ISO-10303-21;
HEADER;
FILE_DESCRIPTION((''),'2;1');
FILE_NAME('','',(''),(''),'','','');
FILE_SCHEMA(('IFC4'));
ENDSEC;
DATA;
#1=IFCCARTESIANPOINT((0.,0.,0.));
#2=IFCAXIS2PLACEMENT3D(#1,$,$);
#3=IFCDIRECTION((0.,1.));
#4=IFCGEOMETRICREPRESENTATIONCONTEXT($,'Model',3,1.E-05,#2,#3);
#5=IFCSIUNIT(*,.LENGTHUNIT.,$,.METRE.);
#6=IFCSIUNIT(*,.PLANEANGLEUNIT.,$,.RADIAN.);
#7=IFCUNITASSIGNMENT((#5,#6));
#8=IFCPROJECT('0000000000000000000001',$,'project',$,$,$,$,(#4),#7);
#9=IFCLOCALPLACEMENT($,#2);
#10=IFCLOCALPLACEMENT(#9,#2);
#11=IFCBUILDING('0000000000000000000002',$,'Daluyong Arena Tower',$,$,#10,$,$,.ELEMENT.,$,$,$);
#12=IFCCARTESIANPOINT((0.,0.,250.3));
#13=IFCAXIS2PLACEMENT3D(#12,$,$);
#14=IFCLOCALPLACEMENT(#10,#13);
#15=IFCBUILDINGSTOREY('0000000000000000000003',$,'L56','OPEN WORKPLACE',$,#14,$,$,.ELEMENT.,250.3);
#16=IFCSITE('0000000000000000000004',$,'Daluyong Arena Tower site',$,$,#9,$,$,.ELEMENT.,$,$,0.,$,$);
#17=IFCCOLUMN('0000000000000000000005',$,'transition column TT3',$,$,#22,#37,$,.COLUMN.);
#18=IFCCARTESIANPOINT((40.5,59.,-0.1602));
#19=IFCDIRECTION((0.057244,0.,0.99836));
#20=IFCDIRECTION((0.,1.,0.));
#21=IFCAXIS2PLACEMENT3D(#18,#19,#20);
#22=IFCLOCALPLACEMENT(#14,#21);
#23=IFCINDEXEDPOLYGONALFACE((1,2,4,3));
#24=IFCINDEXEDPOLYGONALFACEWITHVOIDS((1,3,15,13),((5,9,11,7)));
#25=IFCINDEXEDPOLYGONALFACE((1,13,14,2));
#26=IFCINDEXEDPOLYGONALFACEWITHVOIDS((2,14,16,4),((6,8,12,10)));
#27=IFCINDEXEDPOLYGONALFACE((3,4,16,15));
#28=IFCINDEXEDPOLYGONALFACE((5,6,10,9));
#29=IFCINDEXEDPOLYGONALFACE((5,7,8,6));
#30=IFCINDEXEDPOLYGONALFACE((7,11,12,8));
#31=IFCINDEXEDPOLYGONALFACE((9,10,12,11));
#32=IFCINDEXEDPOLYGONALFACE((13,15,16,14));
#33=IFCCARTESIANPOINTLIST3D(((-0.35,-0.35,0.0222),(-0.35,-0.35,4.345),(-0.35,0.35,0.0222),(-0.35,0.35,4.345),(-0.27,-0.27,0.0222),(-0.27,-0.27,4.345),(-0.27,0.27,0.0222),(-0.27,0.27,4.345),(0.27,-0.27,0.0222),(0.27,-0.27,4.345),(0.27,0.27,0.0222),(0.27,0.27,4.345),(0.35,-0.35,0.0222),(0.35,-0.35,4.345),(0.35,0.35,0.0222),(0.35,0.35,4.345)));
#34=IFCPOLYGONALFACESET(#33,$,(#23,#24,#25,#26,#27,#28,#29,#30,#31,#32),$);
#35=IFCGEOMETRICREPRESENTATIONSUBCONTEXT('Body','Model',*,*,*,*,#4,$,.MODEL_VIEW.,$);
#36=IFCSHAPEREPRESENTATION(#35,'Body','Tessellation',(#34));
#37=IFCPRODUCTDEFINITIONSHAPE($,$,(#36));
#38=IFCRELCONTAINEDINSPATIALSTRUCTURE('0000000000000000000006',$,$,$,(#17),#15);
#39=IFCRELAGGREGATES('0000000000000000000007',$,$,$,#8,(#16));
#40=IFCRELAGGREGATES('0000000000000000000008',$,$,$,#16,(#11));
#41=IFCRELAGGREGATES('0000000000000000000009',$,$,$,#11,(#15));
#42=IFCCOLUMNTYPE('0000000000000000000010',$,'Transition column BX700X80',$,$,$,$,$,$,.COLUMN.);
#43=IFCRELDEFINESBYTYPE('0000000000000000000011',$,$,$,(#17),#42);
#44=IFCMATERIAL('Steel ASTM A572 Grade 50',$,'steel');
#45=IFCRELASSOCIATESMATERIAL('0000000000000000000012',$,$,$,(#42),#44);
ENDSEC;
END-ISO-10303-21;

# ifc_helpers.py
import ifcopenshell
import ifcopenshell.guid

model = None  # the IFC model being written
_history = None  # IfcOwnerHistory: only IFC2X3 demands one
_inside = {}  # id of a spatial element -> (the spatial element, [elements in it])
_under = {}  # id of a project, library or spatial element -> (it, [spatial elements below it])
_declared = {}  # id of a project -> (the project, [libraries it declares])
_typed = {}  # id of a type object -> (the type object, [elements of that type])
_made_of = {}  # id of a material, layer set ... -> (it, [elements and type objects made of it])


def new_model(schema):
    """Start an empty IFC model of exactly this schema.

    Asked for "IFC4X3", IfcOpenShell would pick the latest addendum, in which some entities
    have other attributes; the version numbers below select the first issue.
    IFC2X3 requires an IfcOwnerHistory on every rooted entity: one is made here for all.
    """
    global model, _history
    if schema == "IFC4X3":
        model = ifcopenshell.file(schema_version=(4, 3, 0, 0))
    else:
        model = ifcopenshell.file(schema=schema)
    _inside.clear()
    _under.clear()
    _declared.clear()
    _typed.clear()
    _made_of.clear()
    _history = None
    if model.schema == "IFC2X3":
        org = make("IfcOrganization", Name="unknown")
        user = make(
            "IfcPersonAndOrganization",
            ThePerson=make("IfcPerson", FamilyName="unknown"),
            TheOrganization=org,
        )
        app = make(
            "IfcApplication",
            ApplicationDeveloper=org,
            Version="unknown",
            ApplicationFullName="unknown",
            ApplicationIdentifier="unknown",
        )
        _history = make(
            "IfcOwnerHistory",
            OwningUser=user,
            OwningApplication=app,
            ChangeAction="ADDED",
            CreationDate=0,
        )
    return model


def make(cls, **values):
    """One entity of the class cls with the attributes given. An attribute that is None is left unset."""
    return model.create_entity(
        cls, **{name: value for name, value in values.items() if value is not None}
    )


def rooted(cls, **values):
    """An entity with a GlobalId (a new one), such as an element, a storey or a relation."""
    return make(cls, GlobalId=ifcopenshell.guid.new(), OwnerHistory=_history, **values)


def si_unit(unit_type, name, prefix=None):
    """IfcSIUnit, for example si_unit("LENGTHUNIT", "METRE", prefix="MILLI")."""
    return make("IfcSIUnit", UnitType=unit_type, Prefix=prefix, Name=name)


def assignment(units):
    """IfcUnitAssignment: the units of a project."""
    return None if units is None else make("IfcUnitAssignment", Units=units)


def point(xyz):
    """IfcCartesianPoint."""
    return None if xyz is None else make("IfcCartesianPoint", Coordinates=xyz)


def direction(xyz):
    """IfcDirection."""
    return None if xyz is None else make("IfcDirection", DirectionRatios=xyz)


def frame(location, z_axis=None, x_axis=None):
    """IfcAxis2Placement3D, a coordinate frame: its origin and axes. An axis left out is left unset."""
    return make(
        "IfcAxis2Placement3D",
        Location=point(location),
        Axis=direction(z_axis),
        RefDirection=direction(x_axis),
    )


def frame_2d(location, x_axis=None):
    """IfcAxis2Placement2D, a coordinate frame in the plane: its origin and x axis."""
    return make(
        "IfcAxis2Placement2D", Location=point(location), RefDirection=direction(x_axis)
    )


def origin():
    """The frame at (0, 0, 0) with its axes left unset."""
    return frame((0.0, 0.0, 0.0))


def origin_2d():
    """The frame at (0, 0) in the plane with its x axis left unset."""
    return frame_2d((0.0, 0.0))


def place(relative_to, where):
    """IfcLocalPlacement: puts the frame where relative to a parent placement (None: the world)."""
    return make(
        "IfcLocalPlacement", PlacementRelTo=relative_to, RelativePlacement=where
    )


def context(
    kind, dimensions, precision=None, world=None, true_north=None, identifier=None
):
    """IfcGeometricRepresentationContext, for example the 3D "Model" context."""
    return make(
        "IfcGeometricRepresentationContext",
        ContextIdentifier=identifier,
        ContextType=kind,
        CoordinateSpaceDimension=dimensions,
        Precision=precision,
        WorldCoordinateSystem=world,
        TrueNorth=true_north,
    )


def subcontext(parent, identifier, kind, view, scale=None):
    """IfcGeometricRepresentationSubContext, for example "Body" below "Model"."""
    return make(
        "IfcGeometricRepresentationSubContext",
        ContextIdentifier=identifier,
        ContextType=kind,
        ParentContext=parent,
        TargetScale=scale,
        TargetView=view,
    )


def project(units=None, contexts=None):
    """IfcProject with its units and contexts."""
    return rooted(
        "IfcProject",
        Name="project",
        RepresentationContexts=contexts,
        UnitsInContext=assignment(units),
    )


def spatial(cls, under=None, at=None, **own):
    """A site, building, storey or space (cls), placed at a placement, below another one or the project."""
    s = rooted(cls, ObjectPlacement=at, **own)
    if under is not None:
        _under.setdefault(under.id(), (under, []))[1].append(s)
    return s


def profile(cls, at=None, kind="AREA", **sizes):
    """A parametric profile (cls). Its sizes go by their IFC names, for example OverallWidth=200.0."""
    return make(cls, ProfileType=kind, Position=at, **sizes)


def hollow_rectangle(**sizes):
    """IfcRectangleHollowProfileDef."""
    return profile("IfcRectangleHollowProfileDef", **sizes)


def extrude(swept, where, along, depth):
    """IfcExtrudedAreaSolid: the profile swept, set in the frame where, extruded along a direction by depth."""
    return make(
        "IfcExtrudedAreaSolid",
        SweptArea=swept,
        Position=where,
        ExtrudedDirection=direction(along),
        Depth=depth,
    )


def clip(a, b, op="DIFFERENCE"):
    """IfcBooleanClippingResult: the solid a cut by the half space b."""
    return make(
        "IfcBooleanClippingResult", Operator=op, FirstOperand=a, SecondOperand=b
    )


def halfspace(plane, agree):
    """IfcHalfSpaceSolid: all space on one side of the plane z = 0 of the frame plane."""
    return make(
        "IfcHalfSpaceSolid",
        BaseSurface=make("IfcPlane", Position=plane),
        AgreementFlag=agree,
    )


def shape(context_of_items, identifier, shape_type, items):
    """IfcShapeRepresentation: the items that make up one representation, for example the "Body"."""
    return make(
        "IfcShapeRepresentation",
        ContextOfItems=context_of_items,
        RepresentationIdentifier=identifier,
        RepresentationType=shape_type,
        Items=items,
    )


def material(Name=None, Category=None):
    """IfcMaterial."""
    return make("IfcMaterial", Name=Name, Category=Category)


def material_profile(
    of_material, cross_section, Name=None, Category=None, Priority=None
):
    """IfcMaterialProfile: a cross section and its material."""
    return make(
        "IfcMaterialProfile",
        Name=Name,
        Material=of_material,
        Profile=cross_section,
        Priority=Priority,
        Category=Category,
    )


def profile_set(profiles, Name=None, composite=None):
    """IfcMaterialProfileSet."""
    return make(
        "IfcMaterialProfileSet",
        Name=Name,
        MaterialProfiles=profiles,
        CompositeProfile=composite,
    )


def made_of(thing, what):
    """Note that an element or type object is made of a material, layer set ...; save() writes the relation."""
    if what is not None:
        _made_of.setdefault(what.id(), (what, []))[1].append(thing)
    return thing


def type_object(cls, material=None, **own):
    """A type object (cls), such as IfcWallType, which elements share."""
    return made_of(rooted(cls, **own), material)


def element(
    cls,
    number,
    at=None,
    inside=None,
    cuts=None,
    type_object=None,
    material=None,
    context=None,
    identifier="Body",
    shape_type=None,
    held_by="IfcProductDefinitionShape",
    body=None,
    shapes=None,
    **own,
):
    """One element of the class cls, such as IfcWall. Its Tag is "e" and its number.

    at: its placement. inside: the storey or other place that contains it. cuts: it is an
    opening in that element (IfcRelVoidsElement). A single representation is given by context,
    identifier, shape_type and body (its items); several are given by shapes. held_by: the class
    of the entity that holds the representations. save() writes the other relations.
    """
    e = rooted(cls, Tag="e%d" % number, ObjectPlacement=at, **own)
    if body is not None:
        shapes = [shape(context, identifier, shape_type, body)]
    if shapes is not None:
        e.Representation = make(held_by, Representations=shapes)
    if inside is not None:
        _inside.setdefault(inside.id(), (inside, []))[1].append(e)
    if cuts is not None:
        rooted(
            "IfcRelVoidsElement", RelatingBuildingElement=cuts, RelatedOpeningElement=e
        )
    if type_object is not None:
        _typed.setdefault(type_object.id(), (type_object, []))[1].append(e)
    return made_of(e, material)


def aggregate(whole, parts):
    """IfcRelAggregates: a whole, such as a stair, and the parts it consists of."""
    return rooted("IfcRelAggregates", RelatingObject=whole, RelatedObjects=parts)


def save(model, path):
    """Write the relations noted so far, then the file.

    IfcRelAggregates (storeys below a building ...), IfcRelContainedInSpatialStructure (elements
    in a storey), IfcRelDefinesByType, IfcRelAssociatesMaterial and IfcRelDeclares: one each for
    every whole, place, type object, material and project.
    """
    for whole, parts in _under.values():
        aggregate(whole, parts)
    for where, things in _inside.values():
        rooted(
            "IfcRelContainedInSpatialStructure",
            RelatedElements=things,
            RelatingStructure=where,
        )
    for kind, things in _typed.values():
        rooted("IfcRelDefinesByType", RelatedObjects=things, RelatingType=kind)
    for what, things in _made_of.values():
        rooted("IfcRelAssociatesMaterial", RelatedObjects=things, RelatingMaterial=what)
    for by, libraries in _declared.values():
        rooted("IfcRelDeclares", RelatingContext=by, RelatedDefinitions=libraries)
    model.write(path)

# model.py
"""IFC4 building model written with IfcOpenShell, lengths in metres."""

from ifc_helpers import new_model, si_unit, direction, frame, origin, origin_2d, place, context, subcontext, project, spatial, hollow_rectangle, extrude, clip, halfspace, material, material_profile, profile_set, type_object, element, save


model = new_model("IFC4")

# Units and contexts
model_context = context("Model", 3, precision=1e-05, world=origin(), true_north=direction((0.0, 1.0)))
body_context = subcontext(model_context, "Body", "Model", "MODEL_VIEW")
ifc_project = project(units=[si_unit("LENGTHUNIT", "METRE"), si_unit("PLANEANGLEUNIT", "RADIAN")], contexts=[model_context])

# Site, building, storey
site_placement = place(None, origin())
site = spatial("IfcSite", under=ifc_project, at=site_placement, Name="Daluyong Arena Tower site", CompositionType="ELEMENT", RefElevation=0.0)
building_placement = place(site_placement, origin())
building = spatial("IfcBuilding", under=site, at=building_placement, Name="Daluyong Arena Tower", CompositionType="ELEMENT")
storey_placement = place(building_placement, frame((0.0, 0.0, 250.3)))
storey = spatial("IfcBuildingStorey", under=building, at=storey_placement, Name="L56", Description="OPEN WORKPLACE", CompositionType="ELEMENT", Elevation=250.3)

# Column
ifc_material_1 = material(Name="Steel ASTM A572 Grade 50", Category="steel")
ifc_material_profile_1 = material_profile(ifc_material_1, hollow_rectangle(XDim=0.7, YDim=0.7, WallThickness=0.08, at=origin_2d()))
ifc_profile_set_1 = profile_set([ifc_material_profile_1], Name="Steel ASTM A572 Grade 50")
column_type_1 = type_object("IfcColumnType", Name="Transition column BX700X80", PredefinedType="COLUMN", material=ifc_profile_set_1)
column_placement = place(storey_placement, frame((40.5, 59.0, -0.1602), z_axis=(0.057244, 0.0, 0.99836), x_axis=(0.0, 1.0, 0.0)))
element("IfcColumn", 1, at=column_placement, inside=storey, type_object=column_type_1, Name="transition column TT3", PredefinedType="COLUMN", context=body_context, shape_type="Clipping", body=[
    clip(clip(extrude(hollow_rectangle(XDim=0.7, YDim=0.7, WallThickness=0.08, at=origin_2d()), origin(), (0.0, 0.0, 1.0), 4.3672), halfspace(frame((0.0, 0.0, 0.0222), z_axis=(0.0, 0.0, 1.0), x_axis=(1.0, 0.0, 0.0)), True)), halfspace(frame((0.0, 0.0, 4.345), z_axis=(0.0, 0.0, -1.0), x_axis=(1.0, 0.0, 0.0)), True)),
])

save(model, "model.ifc")
